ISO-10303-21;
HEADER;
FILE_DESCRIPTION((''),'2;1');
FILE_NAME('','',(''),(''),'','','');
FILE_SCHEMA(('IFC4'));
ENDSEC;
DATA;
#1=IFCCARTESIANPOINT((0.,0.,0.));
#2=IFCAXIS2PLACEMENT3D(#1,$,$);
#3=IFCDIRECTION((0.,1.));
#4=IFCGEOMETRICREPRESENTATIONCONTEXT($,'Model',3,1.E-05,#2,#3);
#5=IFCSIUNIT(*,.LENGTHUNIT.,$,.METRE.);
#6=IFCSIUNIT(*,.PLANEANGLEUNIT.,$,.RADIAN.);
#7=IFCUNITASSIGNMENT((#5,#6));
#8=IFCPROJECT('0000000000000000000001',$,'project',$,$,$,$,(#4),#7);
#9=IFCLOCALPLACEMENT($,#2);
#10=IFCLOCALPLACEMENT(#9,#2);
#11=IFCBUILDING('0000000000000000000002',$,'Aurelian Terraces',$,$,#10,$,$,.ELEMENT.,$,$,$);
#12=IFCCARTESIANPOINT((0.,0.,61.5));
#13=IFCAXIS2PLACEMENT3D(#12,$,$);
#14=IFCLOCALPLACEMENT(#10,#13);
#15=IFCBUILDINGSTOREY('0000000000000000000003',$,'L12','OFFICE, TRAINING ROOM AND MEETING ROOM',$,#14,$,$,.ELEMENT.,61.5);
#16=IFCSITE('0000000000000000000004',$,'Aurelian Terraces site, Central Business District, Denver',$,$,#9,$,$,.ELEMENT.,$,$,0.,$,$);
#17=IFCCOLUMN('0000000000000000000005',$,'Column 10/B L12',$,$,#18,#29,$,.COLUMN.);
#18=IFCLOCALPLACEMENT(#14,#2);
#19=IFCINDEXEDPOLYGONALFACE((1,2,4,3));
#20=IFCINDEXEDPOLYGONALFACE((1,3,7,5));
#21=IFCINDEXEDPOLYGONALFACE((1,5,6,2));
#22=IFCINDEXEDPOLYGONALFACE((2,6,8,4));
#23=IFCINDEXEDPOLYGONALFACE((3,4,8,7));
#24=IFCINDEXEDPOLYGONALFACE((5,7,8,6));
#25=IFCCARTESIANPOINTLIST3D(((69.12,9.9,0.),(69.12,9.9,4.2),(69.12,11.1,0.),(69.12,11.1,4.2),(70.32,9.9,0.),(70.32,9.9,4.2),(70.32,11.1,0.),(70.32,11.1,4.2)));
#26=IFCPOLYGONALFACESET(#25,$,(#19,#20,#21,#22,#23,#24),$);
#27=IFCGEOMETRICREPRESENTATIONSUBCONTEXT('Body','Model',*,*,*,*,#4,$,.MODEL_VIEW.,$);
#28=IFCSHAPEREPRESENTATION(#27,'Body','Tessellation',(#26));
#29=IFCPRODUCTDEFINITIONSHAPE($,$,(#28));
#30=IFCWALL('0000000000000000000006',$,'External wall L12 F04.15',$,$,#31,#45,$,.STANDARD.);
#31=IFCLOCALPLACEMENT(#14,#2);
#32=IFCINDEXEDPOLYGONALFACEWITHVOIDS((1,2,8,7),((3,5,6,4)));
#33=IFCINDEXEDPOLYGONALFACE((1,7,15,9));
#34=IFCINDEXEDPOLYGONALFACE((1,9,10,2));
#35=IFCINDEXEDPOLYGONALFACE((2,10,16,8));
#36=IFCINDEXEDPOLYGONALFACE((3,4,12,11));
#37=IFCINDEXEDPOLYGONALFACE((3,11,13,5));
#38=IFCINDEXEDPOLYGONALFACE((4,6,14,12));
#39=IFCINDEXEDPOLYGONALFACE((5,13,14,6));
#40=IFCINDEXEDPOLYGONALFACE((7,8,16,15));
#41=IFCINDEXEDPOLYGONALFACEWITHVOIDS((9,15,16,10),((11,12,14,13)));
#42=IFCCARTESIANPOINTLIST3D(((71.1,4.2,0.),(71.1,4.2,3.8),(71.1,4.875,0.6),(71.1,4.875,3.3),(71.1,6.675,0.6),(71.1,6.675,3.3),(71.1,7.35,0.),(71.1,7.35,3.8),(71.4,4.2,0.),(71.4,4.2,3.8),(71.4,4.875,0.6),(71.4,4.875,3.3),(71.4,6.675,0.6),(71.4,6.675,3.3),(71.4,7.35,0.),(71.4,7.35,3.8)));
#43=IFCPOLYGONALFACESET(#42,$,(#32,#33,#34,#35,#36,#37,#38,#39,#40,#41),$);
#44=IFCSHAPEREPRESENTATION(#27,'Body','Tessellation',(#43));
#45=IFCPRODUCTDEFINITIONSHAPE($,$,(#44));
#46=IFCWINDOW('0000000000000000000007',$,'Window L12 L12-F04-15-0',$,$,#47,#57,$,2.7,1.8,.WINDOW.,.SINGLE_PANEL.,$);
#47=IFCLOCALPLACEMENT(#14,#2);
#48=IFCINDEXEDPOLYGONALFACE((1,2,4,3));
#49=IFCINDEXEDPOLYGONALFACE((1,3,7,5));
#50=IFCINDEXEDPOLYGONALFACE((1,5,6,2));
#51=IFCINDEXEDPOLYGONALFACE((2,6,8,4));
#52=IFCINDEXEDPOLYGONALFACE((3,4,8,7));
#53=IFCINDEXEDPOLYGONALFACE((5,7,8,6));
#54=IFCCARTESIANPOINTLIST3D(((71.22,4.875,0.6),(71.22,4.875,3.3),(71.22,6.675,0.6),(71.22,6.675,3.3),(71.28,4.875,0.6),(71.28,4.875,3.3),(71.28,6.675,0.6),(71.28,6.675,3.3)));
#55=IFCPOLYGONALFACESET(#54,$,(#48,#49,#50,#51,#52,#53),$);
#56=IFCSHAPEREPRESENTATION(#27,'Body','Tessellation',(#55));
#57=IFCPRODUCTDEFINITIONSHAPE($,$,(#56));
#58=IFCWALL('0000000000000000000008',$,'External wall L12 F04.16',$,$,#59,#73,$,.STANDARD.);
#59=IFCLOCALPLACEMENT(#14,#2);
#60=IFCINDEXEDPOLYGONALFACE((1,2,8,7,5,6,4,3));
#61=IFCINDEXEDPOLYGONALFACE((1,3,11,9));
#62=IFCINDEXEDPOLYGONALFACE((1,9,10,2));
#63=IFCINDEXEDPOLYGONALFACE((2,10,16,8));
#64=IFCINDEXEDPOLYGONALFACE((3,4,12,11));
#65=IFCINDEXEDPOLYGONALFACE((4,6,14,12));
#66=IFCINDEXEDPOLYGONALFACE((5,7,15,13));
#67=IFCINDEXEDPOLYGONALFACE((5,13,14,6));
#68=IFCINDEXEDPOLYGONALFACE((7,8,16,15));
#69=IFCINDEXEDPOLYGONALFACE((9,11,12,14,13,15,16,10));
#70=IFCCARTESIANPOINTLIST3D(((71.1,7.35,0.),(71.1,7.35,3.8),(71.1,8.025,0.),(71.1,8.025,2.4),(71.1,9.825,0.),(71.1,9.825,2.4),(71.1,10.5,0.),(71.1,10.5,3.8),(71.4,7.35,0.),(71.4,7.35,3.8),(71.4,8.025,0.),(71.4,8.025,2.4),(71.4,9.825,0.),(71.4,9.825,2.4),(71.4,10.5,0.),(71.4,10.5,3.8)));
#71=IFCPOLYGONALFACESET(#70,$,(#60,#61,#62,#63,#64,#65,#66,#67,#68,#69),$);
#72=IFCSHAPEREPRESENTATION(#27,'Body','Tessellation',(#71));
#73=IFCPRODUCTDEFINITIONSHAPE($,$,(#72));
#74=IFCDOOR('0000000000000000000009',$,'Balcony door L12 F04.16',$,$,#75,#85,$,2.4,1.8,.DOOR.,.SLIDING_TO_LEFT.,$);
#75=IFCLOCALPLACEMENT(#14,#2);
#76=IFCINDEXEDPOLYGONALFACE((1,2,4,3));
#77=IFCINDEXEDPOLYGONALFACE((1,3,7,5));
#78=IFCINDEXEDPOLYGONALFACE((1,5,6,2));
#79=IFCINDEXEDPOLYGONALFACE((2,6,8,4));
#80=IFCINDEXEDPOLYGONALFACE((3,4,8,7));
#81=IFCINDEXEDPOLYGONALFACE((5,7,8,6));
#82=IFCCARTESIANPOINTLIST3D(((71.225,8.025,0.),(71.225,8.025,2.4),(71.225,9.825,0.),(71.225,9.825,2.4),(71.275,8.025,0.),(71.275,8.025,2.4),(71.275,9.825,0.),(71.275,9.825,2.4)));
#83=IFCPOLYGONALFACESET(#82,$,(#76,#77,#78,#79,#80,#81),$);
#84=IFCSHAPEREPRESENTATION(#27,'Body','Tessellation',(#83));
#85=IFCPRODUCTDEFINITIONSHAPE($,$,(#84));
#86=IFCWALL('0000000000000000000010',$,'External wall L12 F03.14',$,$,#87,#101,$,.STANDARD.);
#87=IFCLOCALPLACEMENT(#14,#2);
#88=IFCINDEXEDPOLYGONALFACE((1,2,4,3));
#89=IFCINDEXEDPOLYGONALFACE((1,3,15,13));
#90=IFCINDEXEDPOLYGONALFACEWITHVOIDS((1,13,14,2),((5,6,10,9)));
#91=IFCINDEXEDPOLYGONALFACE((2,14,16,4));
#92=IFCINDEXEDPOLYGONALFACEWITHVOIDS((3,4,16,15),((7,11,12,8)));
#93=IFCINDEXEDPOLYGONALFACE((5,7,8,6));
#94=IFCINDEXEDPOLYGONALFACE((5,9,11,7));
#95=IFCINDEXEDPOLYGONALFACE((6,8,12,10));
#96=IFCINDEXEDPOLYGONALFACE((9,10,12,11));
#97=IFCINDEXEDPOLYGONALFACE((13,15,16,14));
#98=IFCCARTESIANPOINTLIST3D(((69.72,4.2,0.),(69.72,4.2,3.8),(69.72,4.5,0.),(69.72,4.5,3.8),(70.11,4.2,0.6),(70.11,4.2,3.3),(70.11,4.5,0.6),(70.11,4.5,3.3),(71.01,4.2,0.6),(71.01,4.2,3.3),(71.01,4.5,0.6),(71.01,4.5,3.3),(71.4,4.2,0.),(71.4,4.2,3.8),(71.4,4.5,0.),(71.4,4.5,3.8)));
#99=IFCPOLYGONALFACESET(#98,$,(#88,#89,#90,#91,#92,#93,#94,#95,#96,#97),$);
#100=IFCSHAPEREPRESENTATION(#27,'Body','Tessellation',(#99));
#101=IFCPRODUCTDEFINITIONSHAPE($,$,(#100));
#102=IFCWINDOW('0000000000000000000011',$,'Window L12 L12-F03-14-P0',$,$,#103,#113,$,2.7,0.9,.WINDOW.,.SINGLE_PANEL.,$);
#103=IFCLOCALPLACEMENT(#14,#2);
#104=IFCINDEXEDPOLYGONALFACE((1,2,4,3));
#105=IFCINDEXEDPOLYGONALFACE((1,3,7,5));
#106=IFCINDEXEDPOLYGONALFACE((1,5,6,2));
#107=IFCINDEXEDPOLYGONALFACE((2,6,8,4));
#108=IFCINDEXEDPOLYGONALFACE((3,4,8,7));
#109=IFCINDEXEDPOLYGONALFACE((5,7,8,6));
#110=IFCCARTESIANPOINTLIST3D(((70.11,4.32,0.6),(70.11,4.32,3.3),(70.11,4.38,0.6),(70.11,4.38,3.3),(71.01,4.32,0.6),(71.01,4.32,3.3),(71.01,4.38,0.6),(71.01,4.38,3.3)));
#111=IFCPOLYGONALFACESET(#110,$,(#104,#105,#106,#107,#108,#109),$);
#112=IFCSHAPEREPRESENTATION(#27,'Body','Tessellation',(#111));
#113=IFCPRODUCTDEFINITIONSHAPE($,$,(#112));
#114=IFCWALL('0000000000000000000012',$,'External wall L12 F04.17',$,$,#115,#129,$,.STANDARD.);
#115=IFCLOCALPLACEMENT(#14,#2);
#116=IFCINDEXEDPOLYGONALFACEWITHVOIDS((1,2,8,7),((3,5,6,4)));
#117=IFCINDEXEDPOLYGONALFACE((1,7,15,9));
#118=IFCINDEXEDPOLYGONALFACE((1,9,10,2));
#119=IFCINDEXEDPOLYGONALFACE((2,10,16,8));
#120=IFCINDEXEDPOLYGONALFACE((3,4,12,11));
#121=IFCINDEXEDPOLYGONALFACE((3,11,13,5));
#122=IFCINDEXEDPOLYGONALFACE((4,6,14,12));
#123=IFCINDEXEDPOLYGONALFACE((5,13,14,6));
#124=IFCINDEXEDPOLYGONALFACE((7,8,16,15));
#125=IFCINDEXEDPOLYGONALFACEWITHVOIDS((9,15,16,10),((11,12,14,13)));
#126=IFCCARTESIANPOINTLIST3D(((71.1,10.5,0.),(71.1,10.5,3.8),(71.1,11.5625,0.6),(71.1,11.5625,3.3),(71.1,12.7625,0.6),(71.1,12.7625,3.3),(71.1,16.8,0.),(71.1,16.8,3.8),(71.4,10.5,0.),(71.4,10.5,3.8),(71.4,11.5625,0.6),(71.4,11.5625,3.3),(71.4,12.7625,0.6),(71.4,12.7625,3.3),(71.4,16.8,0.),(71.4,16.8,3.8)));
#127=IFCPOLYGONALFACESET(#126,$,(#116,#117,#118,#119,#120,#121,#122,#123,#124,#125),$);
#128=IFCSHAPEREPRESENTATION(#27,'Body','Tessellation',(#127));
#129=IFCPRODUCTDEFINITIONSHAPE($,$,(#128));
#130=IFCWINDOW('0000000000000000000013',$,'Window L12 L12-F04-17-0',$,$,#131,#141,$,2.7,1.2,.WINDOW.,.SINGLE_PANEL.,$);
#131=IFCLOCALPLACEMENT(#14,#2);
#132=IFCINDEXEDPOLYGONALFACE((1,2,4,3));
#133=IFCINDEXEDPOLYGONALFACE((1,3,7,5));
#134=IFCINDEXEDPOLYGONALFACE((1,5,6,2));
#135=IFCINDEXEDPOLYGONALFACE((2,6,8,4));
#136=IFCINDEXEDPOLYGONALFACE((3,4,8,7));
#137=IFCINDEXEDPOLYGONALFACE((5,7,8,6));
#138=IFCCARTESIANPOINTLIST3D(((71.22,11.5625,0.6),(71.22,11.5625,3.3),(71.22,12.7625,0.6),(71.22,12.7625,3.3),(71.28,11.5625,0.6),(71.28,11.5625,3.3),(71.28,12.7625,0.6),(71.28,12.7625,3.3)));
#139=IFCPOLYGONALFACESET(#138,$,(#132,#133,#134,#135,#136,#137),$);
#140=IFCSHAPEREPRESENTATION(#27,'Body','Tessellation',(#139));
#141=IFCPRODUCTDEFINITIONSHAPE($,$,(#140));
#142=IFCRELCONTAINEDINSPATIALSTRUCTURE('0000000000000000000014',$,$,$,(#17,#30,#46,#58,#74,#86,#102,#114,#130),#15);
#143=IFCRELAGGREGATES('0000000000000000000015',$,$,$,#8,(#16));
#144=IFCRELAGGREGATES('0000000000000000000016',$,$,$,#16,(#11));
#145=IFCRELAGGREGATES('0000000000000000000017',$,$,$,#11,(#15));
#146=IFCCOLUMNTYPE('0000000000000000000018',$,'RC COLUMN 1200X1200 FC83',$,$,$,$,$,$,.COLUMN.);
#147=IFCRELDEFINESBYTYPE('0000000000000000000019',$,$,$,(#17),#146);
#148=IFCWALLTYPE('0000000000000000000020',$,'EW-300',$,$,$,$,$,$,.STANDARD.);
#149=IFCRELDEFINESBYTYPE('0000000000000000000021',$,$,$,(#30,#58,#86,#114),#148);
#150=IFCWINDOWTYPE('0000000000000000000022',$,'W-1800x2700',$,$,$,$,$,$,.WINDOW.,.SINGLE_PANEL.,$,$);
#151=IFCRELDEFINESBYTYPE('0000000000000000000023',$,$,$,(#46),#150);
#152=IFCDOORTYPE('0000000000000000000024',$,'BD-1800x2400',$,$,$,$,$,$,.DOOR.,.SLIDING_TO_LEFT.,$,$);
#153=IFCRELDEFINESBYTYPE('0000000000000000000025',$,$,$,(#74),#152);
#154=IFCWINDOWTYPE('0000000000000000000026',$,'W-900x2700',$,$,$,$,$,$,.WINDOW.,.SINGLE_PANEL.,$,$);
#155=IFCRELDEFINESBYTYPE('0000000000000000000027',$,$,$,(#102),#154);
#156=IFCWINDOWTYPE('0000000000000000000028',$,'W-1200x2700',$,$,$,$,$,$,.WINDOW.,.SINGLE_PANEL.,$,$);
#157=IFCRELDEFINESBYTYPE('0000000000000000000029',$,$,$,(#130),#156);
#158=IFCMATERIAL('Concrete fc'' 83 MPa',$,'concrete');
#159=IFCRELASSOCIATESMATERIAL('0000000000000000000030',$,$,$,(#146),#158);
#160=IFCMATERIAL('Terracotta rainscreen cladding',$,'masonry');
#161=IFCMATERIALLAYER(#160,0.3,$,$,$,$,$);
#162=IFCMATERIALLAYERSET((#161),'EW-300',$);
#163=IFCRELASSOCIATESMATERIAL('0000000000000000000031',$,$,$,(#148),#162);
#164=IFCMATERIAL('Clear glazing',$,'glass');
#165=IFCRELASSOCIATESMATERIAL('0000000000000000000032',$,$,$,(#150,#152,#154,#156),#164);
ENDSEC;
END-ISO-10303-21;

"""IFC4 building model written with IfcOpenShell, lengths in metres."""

from ifc_helpers import new_model, si_unit, direction, frame, frame_2d, origin, origin_2d, place, context, subcontext, project, spatial, rectangle, extrude, source, transform, mapped, material, layer, layer_set, material_profile, profile_set, type_object, element, fill, save


model = new_model("IFC4")

# Units and contexts
model_context = context("Model", 3, precision=1e-05, world=origin(), true_north=direction((0.0, 1.0)))
body_context = subcontext(model_context, "Body", "Model", "MODEL_VIEW")
ifc_project = project(units=[si_unit("LENGTHUNIT", "METRE"), si_unit("PLANEANGLEUNIT", "RADIAN")], contexts=[model_context])

# Site, building, storey
site_placement = place(None, origin())
site = spatial("IfcSite", under=ifc_project, at=site_placement, Name="Aurelian Terraces site, Central Business District, Denver", CompositionType="ELEMENT", RefElevation=0.0)
building_placement = place(site_placement, origin())
building = spatial("IfcBuilding", under=site, at=building_placement, Name="Aurelian Terraces", CompositionType="ELEMENT")
storey_placement = place(building_placement, frame((0.0, 0.0, 61.5)))
storey = spatial("IfcBuildingStorey", under=building, at=storey_placement, Name="L12", Description="OFFICE, TRAINING ROOM AND MEETING ROOM", CompositionType="ELEMENT", Elevation=61.5)

# Column
ifc_material_1 = material(Name="Concrete fc' 83 MPa", Category="concrete")
ifc_material_profile = material_profile(ifc_material_1, rectangle(XDim=1.2, YDim=1.2, at=origin_2d()))
ifc_profile_set = profile_set([ifc_material_profile], Name="Concrete fc' 83 MPa")
column_type = type_object("IfcColumnType", Name="RC COLUMN 1200X1200 FC83", PredefinedType="COLUMN", material=ifc_profile_set)
shared_shape_1 = source(origin(), body_context, "Body", "SweptSolid", [
    extrude(rectangle(XDim=1.2, YDim=1.2, at=origin_2d()), origin(), (0.0, 0.0, 1.0), 4.2),
])
column_placement = place(storey_placement, frame((69.72, 10.5, 0.0), z_axis=(0.0, 0.0, 1.0), x_axis=(1.0, 0.0, 0.0)))
element("IfcColumn", 1, at=column_placement, inside=storey, type_object=column_type, Name="Column 10/B L12", PredefinedType="COLUMN", context=body_context, shape_type="MappedRepresentation", body=[
    mapped(shared_shape_1, transform((0.0, 0.0, 0.0), scale=1.0)),
])

# Wall, opening, window
ifc_material_2 = material(Name="Terracotta rainscreen cladding", Category="masonry")
ifc_layer_1 = layer(ifc_material_2, 0.3)
ifc_layer_set_1 = layer_set([ifc_layer_1], Name="EW-300")
wall_type_1 = type_object("IfcWallType", Name="EW-300", PredefinedType="STANDARD", material=ifc_layer_set_1)
shared_shape_2 = source(origin(), body_context, "Body", "SweptSolid", [
    extrude(rectangle(XDim=3.15, YDim=0.3, at=frame_2d((1.575, 0.0))), origin(), (0.0, 0.0, 1.0), 3.8),
])
wall_1_placement = place(storey_placement, frame((71.25, 4.2, 0.0), z_axis=(0.0, 0.0, 1.0), x_axis=(0.0, 1.0, 0.0)))
wall_1 = element("IfcWall", 2, at=wall_1_placement, inside=storey, type_object=wall_type_1, Name="External wall L12 F04.15", PredefinedType="STANDARD", context=body_context, shape_type="MappedRepresentation", body=[
    mapped(shared_shape_2, transform((0.0, 0.0, 0.0), scale=1.0)),
])
shared_shape_3 = source(origin(), body_context, "Body", "SweptSolid", [
    extrude(rectangle(XDim=1.8, YDim=2.7, at=frame_2d((0.9, 1.35))), frame((0.0, 0.16, 0.0), z_axis=(0.0, -1.0, 0.0), x_axis=(1.0, 0.0, 0.0)), (0.0, 0.0, 1.0), 0.32),
])
opening_1_placement = place(wall_1_placement, frame((0.675, 0.0, 0.6)))
opening_1 = element("IfcOpeningElement", 3, at=opening_1_placement, cuts=wall_1, PredefinedType="OPENING", context=body_context, shape_type="MappedRepresentation", body=[
    mapped(shared_shape_3, transform((0.0, 0.0, 0.0), scale=1.0)),
])
ifc_material_3 = material(Name="Clear glazing", Category="glass")
window_type_1 = type_object("IfcWindowType", Name="W-1800x2700", PartitioningType="SINGLE_PANEL", PredefinedType="WINDOW", material=ifc_material_3)
shared_shape_4 = source(origin(), body_context, "Body", "SweptSolid", [
    extrude(rectangle(XDim=1.8, YDim=2.7, at=frame_2d((0.9, 1.35))), frame((0.0, 0.03, 0.0), z_axis=(0.0, -1.0, 0.0), x_axis=(1.0, 0.0, 0.0)), (0.0, 0.0, 1.0), 0.06),
])
window_1_placement = place(opening_1_placement, origin())
window_1 = element("IfcWindow", 4, at=window_1_placement, inside=storey, type_object=window_type_1, Name="Window L12 L12-F04-15-0", OverallHeight=2.7, OverallWidth=1.8, PartitioningType="SINGLE_PANEL", PredefinedType="WINDOW", context=body_context, shape_type="MappedRepresentation", body=[
    mapped(shared_shape_4, transform((0.0, 0.0, 0.0), scale=1.0)),
])
fill(opening_1, window_1)

# Wall, opening, door
wall_2_placement = place(storey_placement, frame((71.25, 7.35, 0.0), z_axis=(0.0, 0.0, 1.0), x_axis=(0.0, 1.0, 0.0)))
wall_2 = element("IfcWall", 5, at=wall_2_placement, inside=storey, type_object=wall_type_1, Name="External wall L12 F04.16", PredefinedType="STANDARD", context=body_context, shape_type="MappedRepresentation", body=[
    mapped(shared_shape_2, transform((0.0, 0.0, 0.0), scale=1.0)),
])
shared_shape_5 = source(origin(), body_context, "Body", "SweptSolid", [
    extrude(rectangle(XDim=1.8, YDim=2.4, at=frame_2d((0.9, 1.2))), frame((0.0, 0.16, 0.0), z_axis=(0.0, -1.0, 0.0), x_axis=(1.0, 0.0, 0.0)), (0.0, 0.0, 1.0), 0.32),
])
opening_2_placement = place(wall_2_placement, frame((0.675, 0.0, 0.0)))
opening_2 = element("IfcOpeningElement", 6, at=opening_2_placement, cuts=wall_2, PredefinedType="OPENING", context=body_context, shape_type="MappedRepresentation", body=[
    mapped(shared_shape_5, transform((0.0, 0.0, 0.0), scale=1.0)),
])
door_type_1 = type_object("IfcDoorType", Name="BD-1800x2400", OperationType="SLIDING_TO_LEFT", PredefinedType="DOOR", material=ifc_material_3)
shared_shape_6 = source(origin(), body_context, "Body", "SweptSolid", [
    extrude(rectangle(XDim=1.8, YDim=2.4, at=frame_2d((0.9, 1.2))), frame((0.0, 0.025, 0.0), z_axis=(0.0, -1.0, 0.0), x_axis=(1.0, 0.0, 0.0)), (0.0, 0.0, 1.0), 0.05),
])
door_1_placement = place(opening_2_placement, origin())
door_1 = element("IfcDoor", 7, at=door_1_placement, inside=storey, type_object=door_type_1, Name="Balcony door L12 F04.16", OperationType="SLIDING_TO_LEFT", OverallHeight=2.4, OverallWidth=1.8, PredefinedType="DOOR", context=body_context, shape_type="MappedRepresentation", body=[
    mapped(shared_shape_6, transform((0.0, 0.0, 0.0), scale=1.0)),
])
fill(opening_2, door_1)

# Walls, openings, windows
shared_shape_7 = source(origin(), body_context, "Body", "SweptSolid", [
    extrude(rectangle(XDim=1.68, YDim=0.3, at=frame_2d((0.84, 0.0))), origin(), (0.0, 0.0, 1.0), 3.8),
])
wall_3_placement = place(storey_placement, frame((69.72, 4.35, 0.0), z_axis=(0.0, 0.0, 1.0), x_axis=(1.0, 0.0, 0.0)))
wall_3 = element("IfcWall", 8, at=wall_3_placement, inside=storey, type_object=wall_type_1, Name="External wall L12 F03.14", PredefinedType="STANDARD", context=body_context, shape_type="MappedRepresentation", body=[
    mapped(shared_shape_7, transform((0.0, 0.0, 0.0), scale=1.0)),
])
shared_shape_8 = source(origin(), body_context, "Body", "SweptSolid", [
    extrude(rectangle(XDim=0.9, YDim=2.7, at=frame_2d((0.45, 1.35))), frame((0.0, 0.16, 0.0), z_axis=(0.0, -1.0, 0.0), x_axis=(1.0, 0.0, 0.0)), (0.0, 0.0, 1.0), 0.32),
])
opening_3_placement = place(wall_3_placement, frame((0.39, 0.0, 0.6)))
opening_3 = element("IfcOpeningElement", 9, at=opening_3_placement, cuts=wall_3, PredefinedType="OPENING", context=body_context, shape_type="MappedRepresentation", body=[
    mapped(shared_shape_8, transform((0.0, 0.0, 0.0), scale=1.0)),
])
window_type_2 = type_object("IfcWindowType", Name="W-900x2700", PartitioningType="SINGLE_PANEL", PredefinedType="WINDOW", material=ifc_material_3)
shared_shape_9 = source(origin(), body_context, "Body", "SweptSolid", [
    extrude(rectangle(XDim=0.9, YDim=2.7, at=frame_2d((0.45, 1.35))), frame((0.0, 0.03, 0.0), z_axis=(0.0, -1.0, 0.0), x_axis=(1.0, 0.0, 0.0)), (0.0, 0.0, 1.0), 0.06),
])
window_2_placement = place(opening_3_placement, origin())
window_2 = element("IfcWindow", 10, at=window_2_placement, inside=storey, type_object=window_type_2, Name="Window L12 L12-F03-14-P0", OverallHeight=2.7, OverallWidth=0.9, PartitioningType="SINGLE_PANEL", PredefinedType="WINDOW", context=body_context, shape_type="MappedRepresentation", body=[
    mapped(shared_shape_9, transform((0.0, 0.0, 0.0), scale=1.0)),
])
fill(opening_3, window_2)
shared_shape_10 = source(origin(), body_context, "Body", "SweptSolid", [
    extrude(rectangle(XDim=6.3, YDim=0.3, at=frame_2d((3.15, 0.0))), origin(), (0.0, 0.0, 1.0), 3.8),
])
wall_4_placement = place(storey_placement, frame((71.25, 10.5, 0.0), z_axis=(0.0, 0.0, 1.0), x_axis=(0.0, 1.0, 0.0)))
wall_4 = element("IfcWall", 11, at=wall_4_placement, inside=storey, type_object=wall_type_1, Name="External wall L12 F04.17", PredefinedType="STANDARD", context=body_context, shape_type="MappedRepresentation", body=[
    mapped(shared_shape_10, transform((0.0, 0.0, 0.0), scale=1.0)),
])
shared_shape_11 = source(origin(), body_context, "Body", "SweptSolid", [
    extrude(rectangle(XDim=1.2, YDim=2.7, at=frame_2d((0.6, 1.35))), frame((0.0, 0.16, 0.0), z_axis=(0.0, -1.0, 0.0), x_axis=(1.0, 0.0, 0.0)), (0.0, 0.0, 1.0), 0.32),
])
opening_4_placement = place(wall_4_placement, frame((1.0625, 0.0, 0.6)))
opening_4 = element("IfcOpeningElement", 12, at=opening_4_placement, cuts=wall_4, PredefinedType="OPENING", context=body_context, shape_type="MappedRepresentation", body=[
    mapped(shared_shape_11, transform((0.0, 0.0, 0.0), scale=1.0)),
])
window_type_3 = type_object("IfcWindowType", Name="W-1200x2700", PartitioningType="SINGLE_PANEL", PredefinedType="WINDOW", material=ifc_material_3)
shared_shape_12 = source(origin(), body_context, "Body", "SweptSolid", [
    extrude(rectangle(XDim=1.2, YDim=2.7, at=frame_2d((0.6, 1.35))), frame((0.0, 0.03, 0.0), z_axis=(0.0, -1.0, 0.0), x_axis=(1.0, 0.0, 0.0)), (0.0, 0.0, 1.0), 0.06),
])
window_3_placement = place(opening_4_placement, origin())
window_3 = element("IfcWindow", 13, at=window_3_placement, inside=storey, type_object=window_type_3, Name="Window L12 L12-F04-17-0", OverallHeight=2.7, OverallWidth=1.2, PartitioningType="SINGLE_PANEL", PredefinedType="WINDOW", context=body_context, shape_type="MappedRepresentation", body=[
    mapped(shared_shape_12, transform((0.0, 0.0, 0.0), scale=1.0)),
])
fill(opening_4, window_3)

save(model, "model.ifc")
